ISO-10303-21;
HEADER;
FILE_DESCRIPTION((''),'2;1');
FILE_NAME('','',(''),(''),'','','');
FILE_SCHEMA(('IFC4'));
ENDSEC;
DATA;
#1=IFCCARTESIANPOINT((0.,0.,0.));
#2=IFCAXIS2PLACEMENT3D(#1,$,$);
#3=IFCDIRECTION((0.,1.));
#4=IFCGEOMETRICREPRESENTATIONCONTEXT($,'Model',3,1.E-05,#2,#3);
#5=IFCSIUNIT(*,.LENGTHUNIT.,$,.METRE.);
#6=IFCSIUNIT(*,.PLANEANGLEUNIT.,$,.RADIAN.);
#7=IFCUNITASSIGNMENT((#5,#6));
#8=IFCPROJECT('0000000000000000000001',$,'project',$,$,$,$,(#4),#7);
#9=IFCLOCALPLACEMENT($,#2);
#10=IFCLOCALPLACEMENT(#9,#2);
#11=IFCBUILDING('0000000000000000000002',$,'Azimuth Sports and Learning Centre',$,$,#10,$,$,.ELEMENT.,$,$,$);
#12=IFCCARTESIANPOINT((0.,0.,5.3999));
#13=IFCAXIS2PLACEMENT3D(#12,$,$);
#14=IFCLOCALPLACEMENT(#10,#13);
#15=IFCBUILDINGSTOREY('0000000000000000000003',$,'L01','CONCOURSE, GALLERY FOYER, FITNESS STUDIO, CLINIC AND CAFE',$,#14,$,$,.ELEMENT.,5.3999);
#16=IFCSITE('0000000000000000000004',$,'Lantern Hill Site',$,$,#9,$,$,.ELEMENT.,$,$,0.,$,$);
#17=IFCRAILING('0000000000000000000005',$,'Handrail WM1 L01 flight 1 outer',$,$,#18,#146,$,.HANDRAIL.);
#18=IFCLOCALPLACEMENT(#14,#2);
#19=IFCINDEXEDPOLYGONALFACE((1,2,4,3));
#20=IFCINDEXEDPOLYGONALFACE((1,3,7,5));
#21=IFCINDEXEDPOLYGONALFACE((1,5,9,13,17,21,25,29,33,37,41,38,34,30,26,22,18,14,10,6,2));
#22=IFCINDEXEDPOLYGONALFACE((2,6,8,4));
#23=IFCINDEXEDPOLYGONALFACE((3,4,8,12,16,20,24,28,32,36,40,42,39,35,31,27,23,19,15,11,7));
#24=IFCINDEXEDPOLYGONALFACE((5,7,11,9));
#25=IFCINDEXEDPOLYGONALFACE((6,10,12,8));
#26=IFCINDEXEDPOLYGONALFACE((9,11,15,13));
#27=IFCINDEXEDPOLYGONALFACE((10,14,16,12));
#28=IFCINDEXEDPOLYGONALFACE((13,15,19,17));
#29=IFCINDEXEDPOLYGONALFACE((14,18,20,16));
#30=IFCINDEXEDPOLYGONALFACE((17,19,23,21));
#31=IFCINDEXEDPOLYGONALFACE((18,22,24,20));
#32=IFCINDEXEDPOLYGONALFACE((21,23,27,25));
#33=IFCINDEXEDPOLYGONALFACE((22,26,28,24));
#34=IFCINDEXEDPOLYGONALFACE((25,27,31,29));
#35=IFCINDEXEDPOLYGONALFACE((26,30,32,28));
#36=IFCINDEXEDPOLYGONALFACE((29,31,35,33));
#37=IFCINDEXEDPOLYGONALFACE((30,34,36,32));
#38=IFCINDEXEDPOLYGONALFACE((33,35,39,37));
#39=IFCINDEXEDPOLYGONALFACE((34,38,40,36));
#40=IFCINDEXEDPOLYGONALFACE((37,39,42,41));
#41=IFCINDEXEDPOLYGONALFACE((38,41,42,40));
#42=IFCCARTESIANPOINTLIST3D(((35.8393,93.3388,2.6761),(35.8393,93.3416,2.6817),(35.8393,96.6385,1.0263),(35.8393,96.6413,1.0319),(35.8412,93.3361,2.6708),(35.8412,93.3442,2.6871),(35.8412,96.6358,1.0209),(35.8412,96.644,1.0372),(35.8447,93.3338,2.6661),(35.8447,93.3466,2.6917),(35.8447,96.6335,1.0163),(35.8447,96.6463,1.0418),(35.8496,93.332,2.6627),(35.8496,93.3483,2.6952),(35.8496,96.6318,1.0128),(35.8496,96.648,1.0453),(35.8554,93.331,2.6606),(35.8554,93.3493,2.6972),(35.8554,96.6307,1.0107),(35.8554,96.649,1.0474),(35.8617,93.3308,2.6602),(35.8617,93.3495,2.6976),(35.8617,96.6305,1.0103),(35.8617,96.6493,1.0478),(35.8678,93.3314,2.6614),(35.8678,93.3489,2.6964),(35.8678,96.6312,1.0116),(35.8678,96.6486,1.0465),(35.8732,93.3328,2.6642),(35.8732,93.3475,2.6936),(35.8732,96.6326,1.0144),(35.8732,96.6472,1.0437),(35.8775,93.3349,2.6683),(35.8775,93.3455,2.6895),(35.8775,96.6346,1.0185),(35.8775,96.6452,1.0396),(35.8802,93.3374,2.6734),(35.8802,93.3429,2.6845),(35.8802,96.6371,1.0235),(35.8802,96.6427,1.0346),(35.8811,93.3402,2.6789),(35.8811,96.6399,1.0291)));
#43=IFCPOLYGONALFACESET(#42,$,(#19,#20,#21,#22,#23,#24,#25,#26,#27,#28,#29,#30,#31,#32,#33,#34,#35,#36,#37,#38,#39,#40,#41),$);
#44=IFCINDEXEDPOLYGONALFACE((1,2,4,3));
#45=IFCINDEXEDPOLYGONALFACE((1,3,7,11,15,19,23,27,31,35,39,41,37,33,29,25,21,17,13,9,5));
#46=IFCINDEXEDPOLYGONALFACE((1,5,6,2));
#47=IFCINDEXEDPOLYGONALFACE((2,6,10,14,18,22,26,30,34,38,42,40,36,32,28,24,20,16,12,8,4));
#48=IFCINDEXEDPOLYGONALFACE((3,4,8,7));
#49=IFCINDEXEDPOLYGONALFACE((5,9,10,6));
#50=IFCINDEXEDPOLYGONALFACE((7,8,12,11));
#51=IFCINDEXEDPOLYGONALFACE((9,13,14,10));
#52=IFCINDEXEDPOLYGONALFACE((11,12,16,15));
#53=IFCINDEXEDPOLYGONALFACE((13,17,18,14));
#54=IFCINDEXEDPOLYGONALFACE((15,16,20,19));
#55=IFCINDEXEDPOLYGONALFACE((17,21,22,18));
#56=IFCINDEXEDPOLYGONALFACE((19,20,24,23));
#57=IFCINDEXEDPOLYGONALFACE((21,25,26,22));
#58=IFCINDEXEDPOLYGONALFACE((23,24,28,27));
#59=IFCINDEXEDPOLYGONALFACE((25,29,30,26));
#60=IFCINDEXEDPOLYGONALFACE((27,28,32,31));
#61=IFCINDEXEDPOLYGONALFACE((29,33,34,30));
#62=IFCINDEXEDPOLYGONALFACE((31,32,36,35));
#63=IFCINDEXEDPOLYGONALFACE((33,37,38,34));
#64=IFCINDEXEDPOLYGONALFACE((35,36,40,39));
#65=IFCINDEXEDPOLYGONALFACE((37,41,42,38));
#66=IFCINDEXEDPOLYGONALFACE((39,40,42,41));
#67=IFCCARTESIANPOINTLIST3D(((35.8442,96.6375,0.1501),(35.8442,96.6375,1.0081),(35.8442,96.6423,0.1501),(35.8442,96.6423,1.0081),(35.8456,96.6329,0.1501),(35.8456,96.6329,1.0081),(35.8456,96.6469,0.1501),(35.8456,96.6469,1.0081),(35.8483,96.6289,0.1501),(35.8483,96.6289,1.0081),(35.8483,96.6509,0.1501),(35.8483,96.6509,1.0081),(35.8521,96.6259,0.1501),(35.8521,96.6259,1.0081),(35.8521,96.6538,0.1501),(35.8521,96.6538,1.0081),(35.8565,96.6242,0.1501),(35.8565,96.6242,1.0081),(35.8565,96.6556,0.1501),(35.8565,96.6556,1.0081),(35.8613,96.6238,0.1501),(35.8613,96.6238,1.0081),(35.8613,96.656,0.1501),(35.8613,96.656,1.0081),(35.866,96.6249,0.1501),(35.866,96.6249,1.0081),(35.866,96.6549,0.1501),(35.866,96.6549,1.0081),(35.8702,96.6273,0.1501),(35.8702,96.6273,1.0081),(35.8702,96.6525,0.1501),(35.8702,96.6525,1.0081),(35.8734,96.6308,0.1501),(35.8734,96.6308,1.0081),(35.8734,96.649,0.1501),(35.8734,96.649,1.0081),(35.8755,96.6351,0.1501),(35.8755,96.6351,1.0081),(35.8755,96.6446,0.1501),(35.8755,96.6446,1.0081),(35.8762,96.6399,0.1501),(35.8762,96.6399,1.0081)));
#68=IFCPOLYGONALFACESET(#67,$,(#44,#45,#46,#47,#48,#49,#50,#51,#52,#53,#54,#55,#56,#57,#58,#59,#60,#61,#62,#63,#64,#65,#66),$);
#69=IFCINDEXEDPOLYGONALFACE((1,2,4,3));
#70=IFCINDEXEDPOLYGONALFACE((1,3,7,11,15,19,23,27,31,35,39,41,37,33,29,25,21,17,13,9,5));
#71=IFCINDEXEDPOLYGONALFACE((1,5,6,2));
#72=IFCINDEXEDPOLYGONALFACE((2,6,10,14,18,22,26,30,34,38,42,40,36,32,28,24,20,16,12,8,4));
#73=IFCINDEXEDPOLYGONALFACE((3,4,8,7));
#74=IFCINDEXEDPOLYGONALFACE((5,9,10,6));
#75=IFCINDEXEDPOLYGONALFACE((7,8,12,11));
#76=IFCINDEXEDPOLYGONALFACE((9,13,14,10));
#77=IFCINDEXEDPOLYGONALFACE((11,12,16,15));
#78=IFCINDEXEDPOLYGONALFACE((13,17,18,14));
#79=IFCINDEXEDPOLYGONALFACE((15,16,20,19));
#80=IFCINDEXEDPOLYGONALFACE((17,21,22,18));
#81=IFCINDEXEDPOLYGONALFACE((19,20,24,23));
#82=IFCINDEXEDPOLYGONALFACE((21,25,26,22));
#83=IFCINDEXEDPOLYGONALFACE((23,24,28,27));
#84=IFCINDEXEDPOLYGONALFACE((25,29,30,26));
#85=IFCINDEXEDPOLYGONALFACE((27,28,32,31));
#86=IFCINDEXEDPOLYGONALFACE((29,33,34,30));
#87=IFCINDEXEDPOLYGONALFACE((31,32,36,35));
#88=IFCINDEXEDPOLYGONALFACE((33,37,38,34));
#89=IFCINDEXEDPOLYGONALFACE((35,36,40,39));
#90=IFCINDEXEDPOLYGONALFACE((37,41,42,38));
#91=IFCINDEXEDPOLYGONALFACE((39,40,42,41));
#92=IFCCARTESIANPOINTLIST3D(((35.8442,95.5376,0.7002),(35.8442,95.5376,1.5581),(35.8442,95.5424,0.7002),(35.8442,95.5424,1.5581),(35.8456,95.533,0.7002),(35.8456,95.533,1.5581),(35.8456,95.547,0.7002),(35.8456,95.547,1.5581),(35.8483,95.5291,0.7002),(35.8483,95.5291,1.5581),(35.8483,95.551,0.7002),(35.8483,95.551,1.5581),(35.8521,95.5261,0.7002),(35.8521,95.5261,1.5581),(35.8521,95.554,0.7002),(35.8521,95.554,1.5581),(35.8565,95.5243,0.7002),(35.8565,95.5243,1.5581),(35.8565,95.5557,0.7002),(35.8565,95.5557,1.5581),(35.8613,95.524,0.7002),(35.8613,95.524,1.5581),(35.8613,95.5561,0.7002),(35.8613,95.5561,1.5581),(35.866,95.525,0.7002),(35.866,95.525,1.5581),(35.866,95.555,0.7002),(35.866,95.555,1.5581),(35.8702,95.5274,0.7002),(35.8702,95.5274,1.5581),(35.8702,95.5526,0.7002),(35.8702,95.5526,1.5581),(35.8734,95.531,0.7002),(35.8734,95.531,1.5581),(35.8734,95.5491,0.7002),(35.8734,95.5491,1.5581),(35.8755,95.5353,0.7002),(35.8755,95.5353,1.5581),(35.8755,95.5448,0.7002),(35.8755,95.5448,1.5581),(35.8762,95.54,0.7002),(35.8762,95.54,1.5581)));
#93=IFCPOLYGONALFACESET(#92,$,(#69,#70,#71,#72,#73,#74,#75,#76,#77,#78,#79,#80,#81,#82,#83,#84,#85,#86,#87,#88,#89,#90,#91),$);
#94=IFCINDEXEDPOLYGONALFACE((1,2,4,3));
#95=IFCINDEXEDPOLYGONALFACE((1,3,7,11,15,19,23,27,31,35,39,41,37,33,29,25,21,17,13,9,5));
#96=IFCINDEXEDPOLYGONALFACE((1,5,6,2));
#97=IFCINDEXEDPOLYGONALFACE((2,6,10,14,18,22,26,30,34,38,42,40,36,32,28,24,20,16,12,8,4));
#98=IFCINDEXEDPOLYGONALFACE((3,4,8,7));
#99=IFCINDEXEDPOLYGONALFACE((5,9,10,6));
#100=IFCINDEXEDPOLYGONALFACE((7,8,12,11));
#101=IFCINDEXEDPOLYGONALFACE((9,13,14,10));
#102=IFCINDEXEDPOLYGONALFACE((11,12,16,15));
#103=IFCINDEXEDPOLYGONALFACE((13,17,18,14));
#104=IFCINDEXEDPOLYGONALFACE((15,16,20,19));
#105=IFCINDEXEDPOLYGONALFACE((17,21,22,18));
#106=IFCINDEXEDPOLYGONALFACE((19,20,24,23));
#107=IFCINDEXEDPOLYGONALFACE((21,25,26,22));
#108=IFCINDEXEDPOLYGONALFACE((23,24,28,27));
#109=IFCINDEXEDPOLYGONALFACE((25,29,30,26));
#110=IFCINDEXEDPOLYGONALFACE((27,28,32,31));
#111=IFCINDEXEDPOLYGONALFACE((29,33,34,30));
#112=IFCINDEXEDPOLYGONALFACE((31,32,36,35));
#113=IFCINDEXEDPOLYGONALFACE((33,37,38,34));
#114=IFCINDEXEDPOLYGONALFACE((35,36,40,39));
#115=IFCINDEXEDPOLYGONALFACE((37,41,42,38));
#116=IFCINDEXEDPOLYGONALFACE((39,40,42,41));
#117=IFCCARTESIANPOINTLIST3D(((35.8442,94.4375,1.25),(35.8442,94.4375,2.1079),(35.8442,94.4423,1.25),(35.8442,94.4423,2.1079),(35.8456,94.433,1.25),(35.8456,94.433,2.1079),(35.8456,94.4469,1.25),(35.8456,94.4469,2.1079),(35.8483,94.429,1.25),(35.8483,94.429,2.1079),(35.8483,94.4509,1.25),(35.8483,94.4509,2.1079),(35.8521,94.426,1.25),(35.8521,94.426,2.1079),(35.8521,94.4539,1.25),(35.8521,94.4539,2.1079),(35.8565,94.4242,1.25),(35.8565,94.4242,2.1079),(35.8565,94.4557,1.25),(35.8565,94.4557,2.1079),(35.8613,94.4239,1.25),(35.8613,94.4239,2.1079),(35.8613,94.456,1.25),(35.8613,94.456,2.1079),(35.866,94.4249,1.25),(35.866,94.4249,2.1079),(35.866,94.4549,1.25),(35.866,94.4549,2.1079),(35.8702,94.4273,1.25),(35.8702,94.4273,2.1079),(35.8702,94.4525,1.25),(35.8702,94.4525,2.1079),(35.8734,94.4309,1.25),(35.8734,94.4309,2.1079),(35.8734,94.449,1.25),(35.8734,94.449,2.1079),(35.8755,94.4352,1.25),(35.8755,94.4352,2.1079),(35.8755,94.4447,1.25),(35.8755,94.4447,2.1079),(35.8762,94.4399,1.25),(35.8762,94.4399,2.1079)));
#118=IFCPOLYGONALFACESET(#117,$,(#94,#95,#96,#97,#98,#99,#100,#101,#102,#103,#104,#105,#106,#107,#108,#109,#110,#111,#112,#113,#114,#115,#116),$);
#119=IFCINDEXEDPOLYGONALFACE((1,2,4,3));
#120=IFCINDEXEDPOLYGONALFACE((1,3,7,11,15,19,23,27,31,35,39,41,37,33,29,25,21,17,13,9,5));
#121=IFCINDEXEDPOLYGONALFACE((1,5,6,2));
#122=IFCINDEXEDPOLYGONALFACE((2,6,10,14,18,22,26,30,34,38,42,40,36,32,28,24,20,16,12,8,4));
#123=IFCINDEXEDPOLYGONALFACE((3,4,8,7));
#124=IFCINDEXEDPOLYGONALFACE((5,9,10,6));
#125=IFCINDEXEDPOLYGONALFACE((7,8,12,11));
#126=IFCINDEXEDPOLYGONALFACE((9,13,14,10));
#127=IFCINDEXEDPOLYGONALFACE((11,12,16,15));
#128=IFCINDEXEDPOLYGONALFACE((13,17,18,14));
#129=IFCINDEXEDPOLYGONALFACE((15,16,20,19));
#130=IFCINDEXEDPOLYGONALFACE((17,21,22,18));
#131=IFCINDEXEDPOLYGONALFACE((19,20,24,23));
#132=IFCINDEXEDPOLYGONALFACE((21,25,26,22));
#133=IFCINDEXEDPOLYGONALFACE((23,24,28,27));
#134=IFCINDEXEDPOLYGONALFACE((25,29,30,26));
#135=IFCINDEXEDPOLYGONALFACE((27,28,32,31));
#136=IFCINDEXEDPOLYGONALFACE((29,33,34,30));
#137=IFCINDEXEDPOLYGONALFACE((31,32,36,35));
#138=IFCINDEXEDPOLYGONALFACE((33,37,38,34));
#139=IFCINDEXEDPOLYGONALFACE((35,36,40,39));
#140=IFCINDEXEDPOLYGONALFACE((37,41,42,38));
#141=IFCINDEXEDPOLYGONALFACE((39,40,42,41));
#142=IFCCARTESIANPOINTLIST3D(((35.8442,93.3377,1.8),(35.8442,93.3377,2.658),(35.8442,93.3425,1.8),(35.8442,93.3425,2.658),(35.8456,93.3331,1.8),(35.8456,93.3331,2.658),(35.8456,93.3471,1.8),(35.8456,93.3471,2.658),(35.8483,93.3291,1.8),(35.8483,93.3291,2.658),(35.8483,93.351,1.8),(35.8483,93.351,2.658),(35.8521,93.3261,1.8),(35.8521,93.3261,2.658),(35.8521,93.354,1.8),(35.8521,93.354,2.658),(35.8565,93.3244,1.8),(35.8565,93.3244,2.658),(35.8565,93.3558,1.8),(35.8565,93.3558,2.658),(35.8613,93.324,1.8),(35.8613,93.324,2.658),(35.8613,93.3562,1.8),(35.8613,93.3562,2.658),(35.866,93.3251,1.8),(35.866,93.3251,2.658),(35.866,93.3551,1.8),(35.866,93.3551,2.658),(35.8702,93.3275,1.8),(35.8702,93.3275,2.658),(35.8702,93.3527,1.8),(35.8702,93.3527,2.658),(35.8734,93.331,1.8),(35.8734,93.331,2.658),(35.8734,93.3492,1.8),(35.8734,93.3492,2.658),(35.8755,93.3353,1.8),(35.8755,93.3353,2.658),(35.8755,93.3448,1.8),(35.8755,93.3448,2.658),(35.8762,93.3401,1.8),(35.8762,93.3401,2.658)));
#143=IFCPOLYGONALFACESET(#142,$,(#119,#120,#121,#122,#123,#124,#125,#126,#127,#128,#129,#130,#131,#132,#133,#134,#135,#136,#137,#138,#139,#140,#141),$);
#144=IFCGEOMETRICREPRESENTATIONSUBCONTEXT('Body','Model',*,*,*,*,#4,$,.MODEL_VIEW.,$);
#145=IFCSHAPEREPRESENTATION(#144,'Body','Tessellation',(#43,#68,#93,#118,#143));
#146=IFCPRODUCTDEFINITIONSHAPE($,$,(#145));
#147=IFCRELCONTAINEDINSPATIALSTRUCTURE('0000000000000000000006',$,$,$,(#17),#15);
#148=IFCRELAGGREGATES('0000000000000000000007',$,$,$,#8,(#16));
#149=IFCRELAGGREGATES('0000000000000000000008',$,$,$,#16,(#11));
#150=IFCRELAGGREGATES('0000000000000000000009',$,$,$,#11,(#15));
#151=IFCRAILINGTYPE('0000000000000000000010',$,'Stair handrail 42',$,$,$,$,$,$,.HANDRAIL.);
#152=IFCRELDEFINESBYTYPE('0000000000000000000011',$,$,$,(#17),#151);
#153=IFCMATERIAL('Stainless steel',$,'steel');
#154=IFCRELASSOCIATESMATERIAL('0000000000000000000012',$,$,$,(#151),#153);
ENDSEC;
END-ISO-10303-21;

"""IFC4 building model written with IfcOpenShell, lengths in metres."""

from ifc_helpers import new_model, si_unit, direction, frame, origin, origin_2d, place, context, subcontext, project, spatial, circle, extrude, material, type_object, element, save


model = new_model("IFC4")

# Units and contexts
model_context = context("Model", 3, precision=1e-05, world=origin(), true_north=direction((0.0, 1.0)))
body_context = subcontext(model_context, "Body", "Model", "MODEL_VIEW")
ifc_project = project(units=[si_unit("LENGTHUNIT", "METRE"), si_unit("PLANEANGLEUNIT", "RADIAN")], contexts=[model_context])

# Site, building, storey
site_placement = place(None, origin())
site = spatial("IfcSite", under=ifc_project, at=site_placement, Name="Lantern Hill Site", CompositionType="ELEMENT", RefElevation=0.0)
building_placement = place(site_placement, origin())
building = spatial("IfcBuilding", under=site, at=building_placement, Name="Azimuth Sports and Learning Centre", CompositionType="ELEMENT")
storey_placement = place(building_placement, frame((0.0, 0.0, 5.3999)))
storey = spatial("IfcBuildingStorey", under=building, at=storey_placement, Name="L01", Description="CONCOURSE, GALLERY FOYER, FITNESS STUDIO, CLINIC AND CAFE", CompositionType="ELEMENT", Elevation=5.3999)

# Railing
ifc_material_1 = material(Name="Stainless steel", Category="steel")
railing_type = type_object("IfcRailingType", Name="Stair handrail 42", PredefinedType="HANDRAIL", material=ifc_material_1)
for number, where, name in (
    (1, (35.8601, 96.6399, 0.1501), "Handrail WM1 L01 flight 1 outer"),
):
    element("IfcRailing", number, at=place(storey_placement, frame(where)), inside=storey, type_object=railing_type, Name=name, PredefinedType="HANDRAIL", context=body_context, shape_type="SweptSolid", body=[
        extrude(circle(Radius=0.021, at=origin_2d()), frame((0.0, 0.0, 0.8789), z_axis=(0.0, -0.894427, 0.447214), x_axis=(1.0, 0.0, 0.0)), (0.0, 0.0, 1.0), 3.6892),
        extrude(circle(Radius=0.0161, at=origin_2d()), origin(), (0.0, 0.0, 1.0), 0.8579),
        extrude(circle(Radius=0.0161, at=origin_2d()), frame((0.0, -1.0999, 0.55)), (0.0, 0.0, 1.0), 0.8579),
        extrude(circle(Radius=0.0161, at=origin_2d()), frame((0.0, -2.2, 1.0999)), (0.0, 0.0, 1.0), 0.8579),
        extrude(circle(Radius=0.0161, at=origin_2d()), frame((0.0, -3.2998, 1.6499)), (0.0, 0.0, 1.0), 0.8579),
    ])

save(model, "model.ifc")
